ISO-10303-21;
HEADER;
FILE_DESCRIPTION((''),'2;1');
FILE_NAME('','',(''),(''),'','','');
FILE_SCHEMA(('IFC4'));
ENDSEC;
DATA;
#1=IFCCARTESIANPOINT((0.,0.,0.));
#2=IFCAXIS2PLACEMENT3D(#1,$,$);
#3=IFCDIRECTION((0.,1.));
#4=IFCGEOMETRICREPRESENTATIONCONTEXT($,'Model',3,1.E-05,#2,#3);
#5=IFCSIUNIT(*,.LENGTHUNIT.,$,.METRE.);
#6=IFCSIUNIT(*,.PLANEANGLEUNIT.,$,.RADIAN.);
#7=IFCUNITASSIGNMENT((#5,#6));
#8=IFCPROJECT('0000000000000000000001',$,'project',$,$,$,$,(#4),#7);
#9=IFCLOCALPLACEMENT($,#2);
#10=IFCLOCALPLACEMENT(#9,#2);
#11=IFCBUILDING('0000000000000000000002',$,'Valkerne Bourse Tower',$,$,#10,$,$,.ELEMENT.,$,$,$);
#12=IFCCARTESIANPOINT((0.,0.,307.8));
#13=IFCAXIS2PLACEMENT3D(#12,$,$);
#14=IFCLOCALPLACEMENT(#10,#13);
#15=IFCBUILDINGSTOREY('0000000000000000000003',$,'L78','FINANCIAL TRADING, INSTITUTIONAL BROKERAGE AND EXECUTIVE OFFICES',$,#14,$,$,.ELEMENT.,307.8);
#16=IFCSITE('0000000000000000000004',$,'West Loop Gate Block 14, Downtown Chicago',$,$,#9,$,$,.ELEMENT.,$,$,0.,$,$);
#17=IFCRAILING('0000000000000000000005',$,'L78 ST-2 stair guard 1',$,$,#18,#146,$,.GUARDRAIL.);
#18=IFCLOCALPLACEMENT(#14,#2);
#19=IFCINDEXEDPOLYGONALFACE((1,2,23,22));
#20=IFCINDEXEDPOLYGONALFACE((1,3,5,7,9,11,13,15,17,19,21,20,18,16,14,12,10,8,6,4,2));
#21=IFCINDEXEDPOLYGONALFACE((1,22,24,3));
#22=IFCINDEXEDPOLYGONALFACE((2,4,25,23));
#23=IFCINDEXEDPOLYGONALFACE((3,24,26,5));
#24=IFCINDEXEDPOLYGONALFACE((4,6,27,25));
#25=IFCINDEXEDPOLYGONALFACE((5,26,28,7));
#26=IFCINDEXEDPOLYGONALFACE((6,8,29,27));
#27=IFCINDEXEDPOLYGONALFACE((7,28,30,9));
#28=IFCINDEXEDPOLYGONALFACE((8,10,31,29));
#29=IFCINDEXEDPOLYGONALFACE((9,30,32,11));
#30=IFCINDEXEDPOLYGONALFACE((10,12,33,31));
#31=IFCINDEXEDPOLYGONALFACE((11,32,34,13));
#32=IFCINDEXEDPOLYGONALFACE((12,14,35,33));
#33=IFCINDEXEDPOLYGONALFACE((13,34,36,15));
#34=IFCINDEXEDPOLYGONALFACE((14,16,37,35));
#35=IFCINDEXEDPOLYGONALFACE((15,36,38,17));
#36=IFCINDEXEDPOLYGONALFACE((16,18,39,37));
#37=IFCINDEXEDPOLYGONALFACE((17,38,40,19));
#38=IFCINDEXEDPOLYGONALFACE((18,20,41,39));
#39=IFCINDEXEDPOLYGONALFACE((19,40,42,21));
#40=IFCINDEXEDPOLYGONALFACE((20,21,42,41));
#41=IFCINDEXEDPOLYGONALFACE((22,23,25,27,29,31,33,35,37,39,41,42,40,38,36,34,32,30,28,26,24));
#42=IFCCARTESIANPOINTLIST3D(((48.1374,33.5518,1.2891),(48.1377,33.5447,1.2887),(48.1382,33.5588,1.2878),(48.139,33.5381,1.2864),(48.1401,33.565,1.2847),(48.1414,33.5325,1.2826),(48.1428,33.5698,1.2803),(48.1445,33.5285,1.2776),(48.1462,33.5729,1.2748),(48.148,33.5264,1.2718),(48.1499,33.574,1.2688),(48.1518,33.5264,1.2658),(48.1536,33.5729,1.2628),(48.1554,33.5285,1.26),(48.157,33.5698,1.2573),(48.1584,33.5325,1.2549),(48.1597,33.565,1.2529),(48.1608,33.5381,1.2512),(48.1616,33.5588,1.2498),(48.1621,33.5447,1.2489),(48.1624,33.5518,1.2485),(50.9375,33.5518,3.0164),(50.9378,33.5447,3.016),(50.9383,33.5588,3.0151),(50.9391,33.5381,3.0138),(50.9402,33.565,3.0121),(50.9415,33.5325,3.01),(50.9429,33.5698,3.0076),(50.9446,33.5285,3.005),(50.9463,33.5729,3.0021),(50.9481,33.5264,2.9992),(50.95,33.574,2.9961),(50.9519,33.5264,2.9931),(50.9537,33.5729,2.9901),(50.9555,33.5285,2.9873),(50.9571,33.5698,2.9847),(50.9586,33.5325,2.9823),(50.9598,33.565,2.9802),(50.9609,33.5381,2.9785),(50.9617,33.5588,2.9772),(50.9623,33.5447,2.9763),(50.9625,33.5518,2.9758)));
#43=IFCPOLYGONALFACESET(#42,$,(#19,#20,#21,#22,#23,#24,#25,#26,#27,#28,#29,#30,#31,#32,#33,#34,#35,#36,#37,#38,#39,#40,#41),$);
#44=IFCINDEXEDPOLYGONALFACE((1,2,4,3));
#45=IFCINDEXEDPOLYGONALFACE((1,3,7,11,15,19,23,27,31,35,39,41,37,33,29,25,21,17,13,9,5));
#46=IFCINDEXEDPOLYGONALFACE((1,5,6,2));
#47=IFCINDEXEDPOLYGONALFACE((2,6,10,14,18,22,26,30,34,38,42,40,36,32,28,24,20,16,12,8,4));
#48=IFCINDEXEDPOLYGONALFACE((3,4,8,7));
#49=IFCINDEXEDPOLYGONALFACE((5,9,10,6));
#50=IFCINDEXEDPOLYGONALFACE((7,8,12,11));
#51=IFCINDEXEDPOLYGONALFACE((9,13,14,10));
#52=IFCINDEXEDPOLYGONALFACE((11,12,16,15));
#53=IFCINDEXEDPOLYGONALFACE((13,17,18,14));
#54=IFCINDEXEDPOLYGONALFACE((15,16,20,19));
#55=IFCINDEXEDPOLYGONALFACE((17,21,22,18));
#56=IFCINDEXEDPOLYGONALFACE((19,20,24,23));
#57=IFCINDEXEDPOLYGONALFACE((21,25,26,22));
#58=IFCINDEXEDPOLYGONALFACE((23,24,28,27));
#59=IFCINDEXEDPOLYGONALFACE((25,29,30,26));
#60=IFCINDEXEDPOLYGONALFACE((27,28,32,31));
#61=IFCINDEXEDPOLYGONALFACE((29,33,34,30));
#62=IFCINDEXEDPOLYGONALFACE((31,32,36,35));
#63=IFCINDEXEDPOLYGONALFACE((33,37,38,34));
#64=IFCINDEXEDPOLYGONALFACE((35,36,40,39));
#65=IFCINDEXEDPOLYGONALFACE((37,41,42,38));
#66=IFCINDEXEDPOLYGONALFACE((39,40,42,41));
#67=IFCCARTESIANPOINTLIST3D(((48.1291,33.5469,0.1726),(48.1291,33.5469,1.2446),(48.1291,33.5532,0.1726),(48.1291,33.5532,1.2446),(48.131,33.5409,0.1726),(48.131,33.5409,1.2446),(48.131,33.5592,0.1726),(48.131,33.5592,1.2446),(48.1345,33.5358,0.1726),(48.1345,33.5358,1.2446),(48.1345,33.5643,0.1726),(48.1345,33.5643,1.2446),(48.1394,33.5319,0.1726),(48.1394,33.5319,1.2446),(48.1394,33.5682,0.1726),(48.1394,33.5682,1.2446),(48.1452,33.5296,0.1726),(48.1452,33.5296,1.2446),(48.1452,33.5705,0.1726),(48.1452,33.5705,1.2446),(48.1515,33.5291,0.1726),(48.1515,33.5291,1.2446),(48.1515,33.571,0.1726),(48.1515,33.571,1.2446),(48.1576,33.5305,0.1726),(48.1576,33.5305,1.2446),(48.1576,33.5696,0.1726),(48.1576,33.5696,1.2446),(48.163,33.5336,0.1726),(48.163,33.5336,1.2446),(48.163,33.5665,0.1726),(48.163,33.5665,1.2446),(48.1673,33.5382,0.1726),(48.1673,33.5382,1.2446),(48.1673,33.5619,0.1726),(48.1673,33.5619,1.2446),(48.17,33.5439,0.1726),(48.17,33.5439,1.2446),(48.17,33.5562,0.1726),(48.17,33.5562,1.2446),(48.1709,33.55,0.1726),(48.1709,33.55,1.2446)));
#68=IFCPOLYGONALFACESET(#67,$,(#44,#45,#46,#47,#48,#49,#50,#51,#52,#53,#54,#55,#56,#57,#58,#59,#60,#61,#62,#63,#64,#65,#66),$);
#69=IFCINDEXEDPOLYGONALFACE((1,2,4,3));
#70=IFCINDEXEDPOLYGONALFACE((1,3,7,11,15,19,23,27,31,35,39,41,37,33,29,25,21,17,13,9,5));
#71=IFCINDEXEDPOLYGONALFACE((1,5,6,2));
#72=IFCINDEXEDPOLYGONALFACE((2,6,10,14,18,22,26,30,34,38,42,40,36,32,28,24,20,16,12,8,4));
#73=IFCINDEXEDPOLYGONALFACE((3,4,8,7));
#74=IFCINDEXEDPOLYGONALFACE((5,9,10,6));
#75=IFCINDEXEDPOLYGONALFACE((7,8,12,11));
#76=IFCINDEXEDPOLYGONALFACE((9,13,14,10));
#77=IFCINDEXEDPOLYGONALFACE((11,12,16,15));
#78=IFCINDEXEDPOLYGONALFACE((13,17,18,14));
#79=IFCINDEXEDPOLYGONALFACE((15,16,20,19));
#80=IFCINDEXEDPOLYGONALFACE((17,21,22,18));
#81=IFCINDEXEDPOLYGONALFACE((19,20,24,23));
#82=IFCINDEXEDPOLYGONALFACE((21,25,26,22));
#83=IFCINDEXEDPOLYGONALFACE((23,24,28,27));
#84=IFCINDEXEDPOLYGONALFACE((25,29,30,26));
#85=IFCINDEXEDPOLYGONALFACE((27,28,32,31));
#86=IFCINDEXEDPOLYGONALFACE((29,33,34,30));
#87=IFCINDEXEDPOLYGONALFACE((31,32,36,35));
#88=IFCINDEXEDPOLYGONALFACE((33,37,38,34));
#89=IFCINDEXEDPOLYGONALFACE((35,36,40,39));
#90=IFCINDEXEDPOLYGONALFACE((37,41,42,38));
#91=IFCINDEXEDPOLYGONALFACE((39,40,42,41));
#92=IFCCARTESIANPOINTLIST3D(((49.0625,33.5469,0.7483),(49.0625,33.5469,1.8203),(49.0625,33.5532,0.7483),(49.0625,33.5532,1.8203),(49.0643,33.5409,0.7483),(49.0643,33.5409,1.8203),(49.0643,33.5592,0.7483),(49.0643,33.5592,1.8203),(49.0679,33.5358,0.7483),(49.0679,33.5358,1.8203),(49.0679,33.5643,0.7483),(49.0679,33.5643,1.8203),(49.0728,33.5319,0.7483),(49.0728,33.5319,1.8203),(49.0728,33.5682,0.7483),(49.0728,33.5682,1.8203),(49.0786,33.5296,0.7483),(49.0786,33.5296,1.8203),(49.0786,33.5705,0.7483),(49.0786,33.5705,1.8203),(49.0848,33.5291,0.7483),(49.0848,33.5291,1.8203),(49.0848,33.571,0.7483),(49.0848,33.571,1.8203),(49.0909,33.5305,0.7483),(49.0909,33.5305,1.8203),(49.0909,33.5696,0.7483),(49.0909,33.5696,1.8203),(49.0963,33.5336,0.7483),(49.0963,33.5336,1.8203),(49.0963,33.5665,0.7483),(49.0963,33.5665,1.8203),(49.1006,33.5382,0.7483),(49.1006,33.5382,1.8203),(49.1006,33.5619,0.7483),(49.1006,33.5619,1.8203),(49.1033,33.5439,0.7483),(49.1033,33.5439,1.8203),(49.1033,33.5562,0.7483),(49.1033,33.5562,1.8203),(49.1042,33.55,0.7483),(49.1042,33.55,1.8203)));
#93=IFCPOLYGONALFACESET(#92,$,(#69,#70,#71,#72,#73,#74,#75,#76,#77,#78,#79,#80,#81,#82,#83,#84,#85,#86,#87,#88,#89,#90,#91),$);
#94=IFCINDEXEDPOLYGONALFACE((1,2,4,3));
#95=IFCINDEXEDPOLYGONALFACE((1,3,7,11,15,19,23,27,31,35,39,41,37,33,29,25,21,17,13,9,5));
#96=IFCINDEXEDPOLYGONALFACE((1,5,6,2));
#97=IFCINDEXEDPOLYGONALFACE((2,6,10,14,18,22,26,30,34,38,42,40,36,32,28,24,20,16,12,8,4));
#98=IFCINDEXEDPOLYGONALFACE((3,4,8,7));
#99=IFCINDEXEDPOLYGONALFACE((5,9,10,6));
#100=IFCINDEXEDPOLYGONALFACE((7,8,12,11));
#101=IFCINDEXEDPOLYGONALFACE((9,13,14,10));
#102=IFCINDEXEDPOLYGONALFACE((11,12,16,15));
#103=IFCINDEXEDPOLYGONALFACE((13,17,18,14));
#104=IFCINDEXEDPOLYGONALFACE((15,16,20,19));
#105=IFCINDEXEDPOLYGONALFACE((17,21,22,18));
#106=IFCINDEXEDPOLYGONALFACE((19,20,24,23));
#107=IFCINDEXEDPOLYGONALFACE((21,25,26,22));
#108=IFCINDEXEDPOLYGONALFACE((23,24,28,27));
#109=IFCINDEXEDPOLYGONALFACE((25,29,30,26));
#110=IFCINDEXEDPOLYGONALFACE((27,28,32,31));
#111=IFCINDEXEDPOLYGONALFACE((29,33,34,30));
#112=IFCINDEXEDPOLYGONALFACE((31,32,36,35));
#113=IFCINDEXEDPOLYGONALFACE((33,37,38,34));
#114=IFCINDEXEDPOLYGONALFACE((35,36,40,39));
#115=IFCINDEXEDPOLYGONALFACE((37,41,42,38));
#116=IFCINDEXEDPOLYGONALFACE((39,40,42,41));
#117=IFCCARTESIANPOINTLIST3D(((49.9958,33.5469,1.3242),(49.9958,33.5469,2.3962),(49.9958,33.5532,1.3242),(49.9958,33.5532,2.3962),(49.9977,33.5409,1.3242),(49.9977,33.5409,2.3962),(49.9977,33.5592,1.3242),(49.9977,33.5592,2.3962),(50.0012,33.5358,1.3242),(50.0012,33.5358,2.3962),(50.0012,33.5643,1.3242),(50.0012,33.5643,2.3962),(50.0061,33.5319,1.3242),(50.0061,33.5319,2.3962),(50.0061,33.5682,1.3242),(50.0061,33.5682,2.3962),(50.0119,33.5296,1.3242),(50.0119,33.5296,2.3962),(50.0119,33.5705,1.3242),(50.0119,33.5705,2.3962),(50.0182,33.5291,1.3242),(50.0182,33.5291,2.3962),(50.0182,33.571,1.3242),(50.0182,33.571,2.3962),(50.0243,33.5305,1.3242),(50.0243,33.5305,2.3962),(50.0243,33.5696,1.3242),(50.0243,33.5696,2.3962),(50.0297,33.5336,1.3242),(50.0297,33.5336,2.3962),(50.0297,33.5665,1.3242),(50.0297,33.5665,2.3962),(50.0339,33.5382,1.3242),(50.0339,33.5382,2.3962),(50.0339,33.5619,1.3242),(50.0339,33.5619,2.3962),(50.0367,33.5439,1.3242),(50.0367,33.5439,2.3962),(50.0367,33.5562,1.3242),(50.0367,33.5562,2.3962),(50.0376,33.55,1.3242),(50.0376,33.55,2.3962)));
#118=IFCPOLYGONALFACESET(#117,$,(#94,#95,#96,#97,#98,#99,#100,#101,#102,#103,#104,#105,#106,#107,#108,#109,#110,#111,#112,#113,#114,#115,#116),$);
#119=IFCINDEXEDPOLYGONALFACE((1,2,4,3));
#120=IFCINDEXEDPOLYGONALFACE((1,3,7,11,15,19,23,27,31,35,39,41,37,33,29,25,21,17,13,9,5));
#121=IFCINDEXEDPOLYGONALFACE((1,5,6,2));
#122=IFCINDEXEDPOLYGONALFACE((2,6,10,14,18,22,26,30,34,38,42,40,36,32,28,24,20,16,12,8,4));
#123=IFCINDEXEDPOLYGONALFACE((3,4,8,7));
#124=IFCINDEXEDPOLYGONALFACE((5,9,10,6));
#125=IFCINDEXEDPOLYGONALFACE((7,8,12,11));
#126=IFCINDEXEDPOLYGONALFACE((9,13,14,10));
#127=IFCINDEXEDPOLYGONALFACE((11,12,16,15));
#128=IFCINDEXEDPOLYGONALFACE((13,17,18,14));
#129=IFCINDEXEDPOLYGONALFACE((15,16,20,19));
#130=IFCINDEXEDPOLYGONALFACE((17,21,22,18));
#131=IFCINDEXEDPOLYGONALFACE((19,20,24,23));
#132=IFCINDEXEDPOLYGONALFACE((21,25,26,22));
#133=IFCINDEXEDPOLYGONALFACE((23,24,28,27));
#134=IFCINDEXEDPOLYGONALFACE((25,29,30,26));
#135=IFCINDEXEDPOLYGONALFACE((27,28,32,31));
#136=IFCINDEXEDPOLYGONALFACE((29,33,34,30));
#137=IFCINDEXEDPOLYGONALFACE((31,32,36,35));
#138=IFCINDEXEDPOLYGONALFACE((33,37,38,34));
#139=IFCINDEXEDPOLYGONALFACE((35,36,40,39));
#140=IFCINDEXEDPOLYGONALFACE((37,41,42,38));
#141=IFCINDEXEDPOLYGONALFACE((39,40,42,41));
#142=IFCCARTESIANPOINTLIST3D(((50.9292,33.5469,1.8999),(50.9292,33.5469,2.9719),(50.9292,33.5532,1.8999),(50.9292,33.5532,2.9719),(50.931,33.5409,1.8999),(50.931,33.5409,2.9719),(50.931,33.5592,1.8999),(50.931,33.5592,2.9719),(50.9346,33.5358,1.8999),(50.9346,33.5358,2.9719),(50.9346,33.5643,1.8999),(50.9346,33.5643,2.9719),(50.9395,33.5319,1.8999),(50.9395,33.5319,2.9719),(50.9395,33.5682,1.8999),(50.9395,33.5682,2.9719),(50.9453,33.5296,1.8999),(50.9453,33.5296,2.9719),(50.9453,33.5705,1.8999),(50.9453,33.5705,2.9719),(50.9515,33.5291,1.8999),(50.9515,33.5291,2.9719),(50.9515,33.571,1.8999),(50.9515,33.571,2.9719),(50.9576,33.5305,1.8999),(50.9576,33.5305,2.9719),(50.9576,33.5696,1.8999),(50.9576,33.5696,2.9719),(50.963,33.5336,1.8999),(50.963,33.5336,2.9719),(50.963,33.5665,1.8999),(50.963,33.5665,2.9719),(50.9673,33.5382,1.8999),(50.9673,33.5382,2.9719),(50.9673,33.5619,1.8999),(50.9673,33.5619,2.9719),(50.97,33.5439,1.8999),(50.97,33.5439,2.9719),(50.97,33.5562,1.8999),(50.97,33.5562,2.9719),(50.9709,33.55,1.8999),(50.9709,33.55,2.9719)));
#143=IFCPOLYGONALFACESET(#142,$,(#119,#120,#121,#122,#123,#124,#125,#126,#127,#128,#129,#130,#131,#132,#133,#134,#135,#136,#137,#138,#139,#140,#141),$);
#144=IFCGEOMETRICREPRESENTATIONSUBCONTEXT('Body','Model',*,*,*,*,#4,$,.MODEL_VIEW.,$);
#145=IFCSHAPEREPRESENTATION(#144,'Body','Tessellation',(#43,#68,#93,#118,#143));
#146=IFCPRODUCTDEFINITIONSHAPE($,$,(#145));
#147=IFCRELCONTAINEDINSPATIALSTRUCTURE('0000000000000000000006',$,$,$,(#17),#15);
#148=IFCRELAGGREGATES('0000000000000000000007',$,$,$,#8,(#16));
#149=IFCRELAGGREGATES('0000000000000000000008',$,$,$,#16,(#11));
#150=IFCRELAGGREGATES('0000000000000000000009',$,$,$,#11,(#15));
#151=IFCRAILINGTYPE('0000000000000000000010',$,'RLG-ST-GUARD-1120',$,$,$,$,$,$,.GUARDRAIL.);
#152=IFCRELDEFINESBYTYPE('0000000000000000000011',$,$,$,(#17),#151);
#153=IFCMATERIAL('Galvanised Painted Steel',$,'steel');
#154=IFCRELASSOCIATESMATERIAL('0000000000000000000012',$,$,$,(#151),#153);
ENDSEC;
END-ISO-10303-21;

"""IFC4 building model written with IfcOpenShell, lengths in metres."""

from ifc_helpers import new_model, si_unit, direction, frame, origin, origin_2d, place, context, subcontext, project, spatial, circle, extrude, material, type_object, element, save


model = new_model("IFC4")

# Units and contexts
model_context = context("Model", 3, precision=1e-05, world=origin(), true_north=direction((0.0, 1.0)))
body_context = subcontext(model_context, "Body", "Model", "MODEL_VIEW")
ifc_project = project(units=[si_unit("LENGTHUNIT", "METRE"), si_unit("PLANEANGLEUNIT", "RADIAN")], contexts=[model_context])

# Site, building, storey
site_placement = place(None, origin())
site = spatial("IfcSite", under=ifc_project, at=site_placement, Name="West Loop Gate Block 14, Downtown Chicago", CompositionType="ELEMENT", RefElevation=0.0)
building_placement = place(site_placement, origin())
building = spatial("IfcBuilding", under=site, at=building_placement, Name="Valkerne Bourse Tower", CompositionType="ELEMENT")
storey_placement = place(building_placement, frame((0.0, 0.0, 307.8)))
storey = spatial("IfcBuildingStorey", under=building, at=storey_placement, Name="L78", Description="FINANCIAL TRADING, INSTITUTIONAL BROKERAGE AND EXECUTIVE OFFICES", CompositionType="ELEMENT", Elevation=307.8)

# Shared definitions
ifc_material_1 = material(Name="Galvanised Painted Steel", Category="steel")

# Railing
railing_type_1 = type_object("IfcRailingType", Name="RLG-ST-GUARD-1120", PredefinedType="GUARDRAIL", material=ifc_material_1)
railing_1_placement = place(storey_placement, frame((48.1499, 33.55, 0.1726)))
element("IfcRailing", 1, at=railing_1_placement, inside=storey, type_object=railing_type_1, Name="L78 ST-2 stair guard 1", PredefinedType="GUARDRAIL", context=body_context, shape_type="SweptSolid", body=[
    extrude(circle(Radius=0.0239, at=origin_2d()), frame((0.0, 0.0, 1.0962), z_axis=(0.85109, 0.0, 0.52502), x_axis=(0.0, 1.0, 0.0)), (0.0, 0.0, 1.0), 3.29),
    extrude(circle(Radius=0.021, at=origin_2d()), origin(), (0.0, 0.0, 1.0), 1.072),
    extrude(circle(Radius=0.021, at=origin_2d()), frame((0.9333, 0.0, 0.5757)), (0.0, 0.0, 1.0), 1.072),
    extrude(circle(Radius=0.021, at=origin_2d()), frame((1.8667, 0.0, 1.1516)), (0.0, 0.0, 1.0), 1.072),
    extrude(circle(Radius=0.021, at=origin_2d()), frame((2.8, 0.0, 1.7273)), (0.0, 0.0, 1.0), 1.072),
])

save(model, "model.ifc")
